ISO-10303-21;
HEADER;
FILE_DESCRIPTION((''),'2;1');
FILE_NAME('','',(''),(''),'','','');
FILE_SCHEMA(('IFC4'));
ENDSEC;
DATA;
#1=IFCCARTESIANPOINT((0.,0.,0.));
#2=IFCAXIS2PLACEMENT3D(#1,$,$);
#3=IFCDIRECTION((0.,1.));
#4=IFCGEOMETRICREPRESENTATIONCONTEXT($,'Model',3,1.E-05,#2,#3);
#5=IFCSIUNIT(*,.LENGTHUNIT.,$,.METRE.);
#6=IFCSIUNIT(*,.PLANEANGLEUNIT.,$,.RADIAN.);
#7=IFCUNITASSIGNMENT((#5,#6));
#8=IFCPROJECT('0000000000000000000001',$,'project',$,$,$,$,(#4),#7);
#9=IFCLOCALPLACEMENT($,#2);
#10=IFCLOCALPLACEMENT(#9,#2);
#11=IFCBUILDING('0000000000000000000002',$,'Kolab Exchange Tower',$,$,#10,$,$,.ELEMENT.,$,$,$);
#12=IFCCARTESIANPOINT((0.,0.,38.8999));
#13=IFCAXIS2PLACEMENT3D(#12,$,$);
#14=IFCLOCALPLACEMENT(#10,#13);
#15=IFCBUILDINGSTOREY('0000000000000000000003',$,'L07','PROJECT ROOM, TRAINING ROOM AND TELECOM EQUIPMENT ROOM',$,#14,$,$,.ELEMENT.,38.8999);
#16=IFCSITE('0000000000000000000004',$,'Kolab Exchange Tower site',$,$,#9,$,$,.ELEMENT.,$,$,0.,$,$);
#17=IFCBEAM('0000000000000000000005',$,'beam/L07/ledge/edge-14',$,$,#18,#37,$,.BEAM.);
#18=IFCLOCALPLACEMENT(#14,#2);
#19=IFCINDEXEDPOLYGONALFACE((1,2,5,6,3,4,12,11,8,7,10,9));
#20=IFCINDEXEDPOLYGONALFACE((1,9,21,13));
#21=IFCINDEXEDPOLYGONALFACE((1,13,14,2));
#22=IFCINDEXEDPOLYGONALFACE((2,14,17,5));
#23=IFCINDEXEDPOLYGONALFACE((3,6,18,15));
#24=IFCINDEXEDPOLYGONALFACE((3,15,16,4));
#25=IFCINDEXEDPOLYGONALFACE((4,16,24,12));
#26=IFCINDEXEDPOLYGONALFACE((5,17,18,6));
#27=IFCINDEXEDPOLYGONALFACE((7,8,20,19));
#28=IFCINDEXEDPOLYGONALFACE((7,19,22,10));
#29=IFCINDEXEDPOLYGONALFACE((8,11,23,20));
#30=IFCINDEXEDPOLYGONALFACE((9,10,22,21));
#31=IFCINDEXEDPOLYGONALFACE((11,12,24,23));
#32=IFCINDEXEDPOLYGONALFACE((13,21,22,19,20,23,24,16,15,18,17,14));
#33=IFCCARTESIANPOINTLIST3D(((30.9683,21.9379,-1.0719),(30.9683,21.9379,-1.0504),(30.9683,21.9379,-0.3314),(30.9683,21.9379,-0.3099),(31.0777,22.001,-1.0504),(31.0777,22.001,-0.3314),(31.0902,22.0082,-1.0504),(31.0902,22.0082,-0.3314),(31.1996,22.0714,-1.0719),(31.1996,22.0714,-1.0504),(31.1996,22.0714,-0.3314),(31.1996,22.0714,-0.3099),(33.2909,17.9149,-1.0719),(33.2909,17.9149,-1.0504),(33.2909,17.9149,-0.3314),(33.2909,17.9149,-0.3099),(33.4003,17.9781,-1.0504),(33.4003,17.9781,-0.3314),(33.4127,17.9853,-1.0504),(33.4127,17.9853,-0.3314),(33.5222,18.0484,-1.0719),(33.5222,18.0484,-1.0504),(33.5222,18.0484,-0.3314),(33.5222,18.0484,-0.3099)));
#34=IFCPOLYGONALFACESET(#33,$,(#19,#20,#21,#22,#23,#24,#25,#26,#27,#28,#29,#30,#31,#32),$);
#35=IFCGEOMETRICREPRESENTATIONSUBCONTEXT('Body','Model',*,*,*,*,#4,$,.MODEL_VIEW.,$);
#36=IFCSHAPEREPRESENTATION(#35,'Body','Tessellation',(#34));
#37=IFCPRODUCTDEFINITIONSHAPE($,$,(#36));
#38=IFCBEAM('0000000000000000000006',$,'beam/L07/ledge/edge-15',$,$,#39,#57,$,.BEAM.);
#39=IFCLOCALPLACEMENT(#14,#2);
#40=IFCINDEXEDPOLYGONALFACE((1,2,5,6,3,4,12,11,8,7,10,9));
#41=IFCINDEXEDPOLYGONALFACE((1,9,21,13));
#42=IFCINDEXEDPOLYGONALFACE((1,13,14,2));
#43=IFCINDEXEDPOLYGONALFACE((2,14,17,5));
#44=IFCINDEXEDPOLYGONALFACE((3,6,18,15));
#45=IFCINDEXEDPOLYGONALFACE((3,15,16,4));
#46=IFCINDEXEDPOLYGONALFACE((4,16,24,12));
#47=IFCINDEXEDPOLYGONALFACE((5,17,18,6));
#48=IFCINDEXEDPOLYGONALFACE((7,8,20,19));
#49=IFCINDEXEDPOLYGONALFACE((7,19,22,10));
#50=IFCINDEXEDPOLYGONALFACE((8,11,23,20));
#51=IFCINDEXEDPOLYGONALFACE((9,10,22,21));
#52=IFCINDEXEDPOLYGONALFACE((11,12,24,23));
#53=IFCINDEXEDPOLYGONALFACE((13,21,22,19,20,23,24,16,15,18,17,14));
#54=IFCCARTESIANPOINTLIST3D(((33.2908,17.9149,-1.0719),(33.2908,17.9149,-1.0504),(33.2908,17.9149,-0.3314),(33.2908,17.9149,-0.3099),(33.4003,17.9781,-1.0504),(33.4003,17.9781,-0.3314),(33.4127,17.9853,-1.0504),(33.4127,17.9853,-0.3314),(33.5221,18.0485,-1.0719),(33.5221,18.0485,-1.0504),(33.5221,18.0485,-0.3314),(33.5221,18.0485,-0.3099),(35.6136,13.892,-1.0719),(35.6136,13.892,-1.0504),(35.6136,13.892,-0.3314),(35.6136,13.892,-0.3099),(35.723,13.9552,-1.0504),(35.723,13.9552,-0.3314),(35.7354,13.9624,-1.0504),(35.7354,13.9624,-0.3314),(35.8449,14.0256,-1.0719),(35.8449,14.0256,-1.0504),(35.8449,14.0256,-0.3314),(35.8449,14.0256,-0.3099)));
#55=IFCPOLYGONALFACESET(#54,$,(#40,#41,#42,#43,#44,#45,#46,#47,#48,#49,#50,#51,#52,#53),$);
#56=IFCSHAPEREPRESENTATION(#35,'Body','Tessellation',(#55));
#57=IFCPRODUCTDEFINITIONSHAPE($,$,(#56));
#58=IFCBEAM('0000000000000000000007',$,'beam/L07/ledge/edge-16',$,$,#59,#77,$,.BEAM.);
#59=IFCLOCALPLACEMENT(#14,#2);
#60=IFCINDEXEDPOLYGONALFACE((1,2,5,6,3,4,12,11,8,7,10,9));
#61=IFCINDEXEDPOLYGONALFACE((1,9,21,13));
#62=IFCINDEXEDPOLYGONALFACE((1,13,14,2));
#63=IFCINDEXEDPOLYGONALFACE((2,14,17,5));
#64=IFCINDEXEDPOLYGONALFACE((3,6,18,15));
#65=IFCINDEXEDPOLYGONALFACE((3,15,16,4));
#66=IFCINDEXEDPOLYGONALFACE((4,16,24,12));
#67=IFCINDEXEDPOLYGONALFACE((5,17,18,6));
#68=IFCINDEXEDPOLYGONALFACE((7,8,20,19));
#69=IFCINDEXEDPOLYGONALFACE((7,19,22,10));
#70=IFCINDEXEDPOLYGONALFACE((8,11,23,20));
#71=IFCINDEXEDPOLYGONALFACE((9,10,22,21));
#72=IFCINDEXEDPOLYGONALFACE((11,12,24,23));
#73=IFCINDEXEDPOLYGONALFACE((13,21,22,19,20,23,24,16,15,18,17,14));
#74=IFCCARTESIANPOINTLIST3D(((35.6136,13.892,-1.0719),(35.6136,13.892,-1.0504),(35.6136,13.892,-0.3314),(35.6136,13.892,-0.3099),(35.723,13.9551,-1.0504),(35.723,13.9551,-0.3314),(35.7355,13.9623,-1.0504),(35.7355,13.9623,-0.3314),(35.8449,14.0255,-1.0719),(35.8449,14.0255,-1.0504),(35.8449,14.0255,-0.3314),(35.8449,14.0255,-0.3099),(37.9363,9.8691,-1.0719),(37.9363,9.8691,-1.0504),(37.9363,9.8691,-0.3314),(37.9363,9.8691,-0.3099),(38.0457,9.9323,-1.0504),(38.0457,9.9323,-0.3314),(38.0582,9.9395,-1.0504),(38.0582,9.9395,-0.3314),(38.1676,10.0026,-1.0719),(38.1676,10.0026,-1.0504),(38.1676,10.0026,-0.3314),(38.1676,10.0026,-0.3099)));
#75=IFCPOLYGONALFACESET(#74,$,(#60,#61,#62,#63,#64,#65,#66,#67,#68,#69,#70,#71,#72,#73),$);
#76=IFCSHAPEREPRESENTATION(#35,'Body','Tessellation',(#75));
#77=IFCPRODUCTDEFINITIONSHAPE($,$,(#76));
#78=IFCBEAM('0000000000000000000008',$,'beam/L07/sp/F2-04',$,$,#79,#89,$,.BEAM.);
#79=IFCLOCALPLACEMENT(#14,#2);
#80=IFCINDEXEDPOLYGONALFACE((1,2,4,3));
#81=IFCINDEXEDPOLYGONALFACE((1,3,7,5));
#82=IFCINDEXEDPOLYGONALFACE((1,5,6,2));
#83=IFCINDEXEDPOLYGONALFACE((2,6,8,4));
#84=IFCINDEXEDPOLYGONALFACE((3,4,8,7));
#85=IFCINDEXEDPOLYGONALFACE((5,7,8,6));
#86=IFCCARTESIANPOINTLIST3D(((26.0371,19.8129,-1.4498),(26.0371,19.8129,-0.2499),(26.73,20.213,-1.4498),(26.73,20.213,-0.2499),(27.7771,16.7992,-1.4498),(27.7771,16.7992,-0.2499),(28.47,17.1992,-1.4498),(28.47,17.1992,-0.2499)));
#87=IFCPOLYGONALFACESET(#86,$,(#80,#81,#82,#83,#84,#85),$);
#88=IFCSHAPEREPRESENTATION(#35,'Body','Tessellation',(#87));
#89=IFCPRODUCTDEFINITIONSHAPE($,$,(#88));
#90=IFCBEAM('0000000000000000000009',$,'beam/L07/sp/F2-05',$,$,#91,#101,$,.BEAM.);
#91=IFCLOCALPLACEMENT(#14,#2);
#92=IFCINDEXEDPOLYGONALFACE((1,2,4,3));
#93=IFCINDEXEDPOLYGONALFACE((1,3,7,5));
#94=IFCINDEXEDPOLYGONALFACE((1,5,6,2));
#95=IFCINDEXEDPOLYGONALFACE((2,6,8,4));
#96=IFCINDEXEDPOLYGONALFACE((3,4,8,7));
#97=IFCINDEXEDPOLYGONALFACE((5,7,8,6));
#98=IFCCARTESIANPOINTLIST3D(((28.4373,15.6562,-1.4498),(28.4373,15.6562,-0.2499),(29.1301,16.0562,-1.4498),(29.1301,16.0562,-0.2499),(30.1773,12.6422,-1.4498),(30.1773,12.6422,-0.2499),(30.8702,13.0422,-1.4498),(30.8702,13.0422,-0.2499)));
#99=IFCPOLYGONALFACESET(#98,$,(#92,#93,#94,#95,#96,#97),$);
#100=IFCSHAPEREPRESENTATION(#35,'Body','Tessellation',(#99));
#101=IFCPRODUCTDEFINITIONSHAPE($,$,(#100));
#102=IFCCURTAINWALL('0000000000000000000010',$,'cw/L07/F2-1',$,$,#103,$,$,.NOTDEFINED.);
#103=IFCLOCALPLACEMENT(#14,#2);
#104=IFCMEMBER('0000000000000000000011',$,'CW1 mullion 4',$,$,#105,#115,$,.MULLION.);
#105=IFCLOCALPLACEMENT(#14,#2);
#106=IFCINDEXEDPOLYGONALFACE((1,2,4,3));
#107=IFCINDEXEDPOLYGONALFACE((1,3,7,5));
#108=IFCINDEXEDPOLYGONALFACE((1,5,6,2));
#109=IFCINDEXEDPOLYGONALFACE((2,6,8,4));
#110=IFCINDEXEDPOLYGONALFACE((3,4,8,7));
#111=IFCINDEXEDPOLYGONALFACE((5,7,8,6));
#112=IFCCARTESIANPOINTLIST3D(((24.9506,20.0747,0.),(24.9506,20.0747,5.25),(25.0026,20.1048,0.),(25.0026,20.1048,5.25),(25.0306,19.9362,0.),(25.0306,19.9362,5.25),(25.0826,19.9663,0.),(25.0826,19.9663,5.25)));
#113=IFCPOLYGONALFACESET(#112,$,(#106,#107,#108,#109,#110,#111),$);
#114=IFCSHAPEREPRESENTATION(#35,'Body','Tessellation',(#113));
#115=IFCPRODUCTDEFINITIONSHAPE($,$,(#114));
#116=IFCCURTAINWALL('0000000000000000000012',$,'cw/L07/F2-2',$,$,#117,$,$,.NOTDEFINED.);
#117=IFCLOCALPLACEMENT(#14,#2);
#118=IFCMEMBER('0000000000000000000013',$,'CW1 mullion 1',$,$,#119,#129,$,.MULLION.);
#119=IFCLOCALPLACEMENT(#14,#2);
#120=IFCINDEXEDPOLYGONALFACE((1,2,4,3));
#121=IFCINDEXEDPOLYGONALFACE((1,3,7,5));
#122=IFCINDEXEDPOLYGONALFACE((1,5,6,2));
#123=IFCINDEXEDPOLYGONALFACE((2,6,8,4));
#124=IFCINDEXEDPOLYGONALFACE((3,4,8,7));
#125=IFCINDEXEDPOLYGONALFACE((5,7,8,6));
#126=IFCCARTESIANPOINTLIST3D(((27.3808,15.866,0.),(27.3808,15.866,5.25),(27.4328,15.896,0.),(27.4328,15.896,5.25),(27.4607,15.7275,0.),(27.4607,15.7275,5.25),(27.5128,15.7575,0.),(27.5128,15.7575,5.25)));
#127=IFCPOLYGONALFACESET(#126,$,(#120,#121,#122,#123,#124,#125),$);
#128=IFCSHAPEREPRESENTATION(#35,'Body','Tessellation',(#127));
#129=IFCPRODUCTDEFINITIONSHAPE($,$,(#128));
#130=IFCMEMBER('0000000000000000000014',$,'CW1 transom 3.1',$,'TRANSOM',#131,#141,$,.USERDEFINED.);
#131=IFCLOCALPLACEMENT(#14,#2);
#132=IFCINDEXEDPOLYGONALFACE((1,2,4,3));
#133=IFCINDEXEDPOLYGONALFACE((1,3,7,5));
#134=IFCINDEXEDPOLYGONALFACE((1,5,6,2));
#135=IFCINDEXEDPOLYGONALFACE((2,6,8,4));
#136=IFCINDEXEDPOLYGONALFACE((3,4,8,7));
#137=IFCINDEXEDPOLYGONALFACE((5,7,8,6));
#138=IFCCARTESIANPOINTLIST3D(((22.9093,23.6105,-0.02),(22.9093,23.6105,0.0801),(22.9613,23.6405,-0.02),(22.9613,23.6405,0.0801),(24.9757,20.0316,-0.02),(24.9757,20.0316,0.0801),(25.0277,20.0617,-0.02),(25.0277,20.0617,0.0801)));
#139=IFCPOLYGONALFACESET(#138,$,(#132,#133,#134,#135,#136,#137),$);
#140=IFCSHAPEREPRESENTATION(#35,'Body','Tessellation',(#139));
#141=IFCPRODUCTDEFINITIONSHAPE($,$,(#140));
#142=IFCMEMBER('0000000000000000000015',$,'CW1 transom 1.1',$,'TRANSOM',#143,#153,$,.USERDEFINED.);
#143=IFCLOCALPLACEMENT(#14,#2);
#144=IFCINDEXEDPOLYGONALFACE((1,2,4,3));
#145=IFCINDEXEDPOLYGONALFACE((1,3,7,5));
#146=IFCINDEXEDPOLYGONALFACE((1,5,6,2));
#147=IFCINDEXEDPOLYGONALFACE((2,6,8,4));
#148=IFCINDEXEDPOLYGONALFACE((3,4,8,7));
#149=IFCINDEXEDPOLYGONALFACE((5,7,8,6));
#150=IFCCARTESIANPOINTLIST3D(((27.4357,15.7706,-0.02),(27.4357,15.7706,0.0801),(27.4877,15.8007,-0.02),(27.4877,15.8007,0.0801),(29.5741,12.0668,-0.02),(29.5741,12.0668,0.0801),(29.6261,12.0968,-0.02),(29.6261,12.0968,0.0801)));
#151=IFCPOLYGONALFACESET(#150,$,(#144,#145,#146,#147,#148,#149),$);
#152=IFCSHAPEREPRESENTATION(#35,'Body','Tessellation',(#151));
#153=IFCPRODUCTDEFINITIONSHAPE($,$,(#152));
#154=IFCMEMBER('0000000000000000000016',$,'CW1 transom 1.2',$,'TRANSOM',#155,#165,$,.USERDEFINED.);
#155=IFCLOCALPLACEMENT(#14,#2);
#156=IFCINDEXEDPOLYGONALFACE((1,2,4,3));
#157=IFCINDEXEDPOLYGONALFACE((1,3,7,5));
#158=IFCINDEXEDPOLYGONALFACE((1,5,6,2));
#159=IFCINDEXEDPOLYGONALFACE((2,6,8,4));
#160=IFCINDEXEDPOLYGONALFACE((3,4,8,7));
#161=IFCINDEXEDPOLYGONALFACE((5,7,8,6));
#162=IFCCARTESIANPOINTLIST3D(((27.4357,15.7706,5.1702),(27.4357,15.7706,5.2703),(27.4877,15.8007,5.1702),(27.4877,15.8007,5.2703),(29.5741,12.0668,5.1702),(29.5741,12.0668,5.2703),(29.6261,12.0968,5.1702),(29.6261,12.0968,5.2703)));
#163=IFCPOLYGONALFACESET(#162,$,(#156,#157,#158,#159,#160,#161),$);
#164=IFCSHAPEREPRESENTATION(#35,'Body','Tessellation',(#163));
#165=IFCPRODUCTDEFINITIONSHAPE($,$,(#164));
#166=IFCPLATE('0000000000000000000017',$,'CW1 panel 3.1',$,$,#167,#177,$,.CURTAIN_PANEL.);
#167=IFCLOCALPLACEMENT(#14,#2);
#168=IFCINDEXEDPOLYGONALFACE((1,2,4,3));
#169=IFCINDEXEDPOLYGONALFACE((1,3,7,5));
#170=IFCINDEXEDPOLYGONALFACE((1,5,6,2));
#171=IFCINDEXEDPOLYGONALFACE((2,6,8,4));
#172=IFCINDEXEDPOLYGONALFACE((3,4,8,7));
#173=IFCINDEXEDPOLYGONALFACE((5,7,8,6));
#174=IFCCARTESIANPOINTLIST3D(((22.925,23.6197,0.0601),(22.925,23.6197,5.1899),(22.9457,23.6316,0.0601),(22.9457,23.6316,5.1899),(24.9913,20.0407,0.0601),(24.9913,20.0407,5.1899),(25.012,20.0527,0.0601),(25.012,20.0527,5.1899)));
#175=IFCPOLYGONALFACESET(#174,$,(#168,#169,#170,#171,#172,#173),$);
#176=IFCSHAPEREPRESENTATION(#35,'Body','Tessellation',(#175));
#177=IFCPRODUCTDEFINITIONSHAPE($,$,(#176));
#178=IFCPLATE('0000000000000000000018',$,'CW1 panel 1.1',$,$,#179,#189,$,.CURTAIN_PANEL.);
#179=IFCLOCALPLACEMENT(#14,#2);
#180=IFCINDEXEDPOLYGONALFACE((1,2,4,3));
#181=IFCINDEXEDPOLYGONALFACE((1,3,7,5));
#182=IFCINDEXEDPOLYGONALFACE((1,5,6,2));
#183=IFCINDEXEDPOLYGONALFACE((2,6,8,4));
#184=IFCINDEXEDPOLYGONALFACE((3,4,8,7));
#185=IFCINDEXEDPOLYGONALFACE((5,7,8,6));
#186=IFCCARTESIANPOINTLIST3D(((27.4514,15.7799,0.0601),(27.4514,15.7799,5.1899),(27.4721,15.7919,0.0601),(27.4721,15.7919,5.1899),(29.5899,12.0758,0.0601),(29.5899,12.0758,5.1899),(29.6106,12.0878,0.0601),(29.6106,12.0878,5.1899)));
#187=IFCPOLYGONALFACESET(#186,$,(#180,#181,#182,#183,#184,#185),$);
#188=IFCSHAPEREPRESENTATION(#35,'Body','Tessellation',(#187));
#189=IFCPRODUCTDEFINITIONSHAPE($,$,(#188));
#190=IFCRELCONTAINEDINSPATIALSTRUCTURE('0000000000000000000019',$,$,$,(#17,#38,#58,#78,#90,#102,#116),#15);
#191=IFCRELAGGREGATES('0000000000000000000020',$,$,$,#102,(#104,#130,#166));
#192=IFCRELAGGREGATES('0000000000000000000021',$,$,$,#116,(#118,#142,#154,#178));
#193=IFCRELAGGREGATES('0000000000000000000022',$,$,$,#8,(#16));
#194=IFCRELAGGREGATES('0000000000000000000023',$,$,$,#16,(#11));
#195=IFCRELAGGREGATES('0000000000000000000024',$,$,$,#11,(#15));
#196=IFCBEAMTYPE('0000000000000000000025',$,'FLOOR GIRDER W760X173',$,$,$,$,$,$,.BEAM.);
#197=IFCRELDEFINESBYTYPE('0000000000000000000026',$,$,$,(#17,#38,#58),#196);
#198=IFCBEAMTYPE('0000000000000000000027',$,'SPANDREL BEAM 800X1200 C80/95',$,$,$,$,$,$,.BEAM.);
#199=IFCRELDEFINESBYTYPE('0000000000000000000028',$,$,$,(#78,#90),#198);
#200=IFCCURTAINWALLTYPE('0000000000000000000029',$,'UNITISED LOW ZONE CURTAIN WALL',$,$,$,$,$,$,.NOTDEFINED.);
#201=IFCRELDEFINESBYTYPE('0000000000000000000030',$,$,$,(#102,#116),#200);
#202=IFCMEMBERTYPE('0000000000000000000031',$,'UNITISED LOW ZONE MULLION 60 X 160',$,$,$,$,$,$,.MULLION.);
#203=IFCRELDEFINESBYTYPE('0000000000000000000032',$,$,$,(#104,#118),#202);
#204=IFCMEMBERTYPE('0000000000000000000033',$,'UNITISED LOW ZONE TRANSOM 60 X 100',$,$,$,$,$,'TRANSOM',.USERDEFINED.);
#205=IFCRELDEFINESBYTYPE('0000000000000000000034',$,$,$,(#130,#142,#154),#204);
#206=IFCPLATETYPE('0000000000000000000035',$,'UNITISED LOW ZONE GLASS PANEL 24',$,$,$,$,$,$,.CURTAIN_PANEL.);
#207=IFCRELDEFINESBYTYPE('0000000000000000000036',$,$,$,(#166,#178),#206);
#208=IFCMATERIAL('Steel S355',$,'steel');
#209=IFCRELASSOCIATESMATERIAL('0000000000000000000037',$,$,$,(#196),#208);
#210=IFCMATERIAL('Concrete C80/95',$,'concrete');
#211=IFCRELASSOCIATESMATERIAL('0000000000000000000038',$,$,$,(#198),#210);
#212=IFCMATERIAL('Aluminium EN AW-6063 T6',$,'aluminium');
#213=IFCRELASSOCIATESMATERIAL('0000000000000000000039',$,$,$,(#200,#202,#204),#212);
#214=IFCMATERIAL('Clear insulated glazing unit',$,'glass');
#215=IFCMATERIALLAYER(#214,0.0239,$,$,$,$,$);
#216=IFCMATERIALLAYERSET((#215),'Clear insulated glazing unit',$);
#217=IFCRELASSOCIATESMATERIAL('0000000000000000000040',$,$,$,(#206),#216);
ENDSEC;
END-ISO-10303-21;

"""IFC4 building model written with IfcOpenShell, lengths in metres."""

from ifc_helpers import new_model, si_unit, direction, frame, origin, origin_2d, place, context, subcontext, project, spatial, rectangle, i_section, extrude, material, layer, layer_set, material_profile, profile_set, type_object, element, aggregate, save


model = new_model("IFC4")

# Units and contexts
model_context = context("Model", 3, precision=1e-05, world=origin(), true_north=direction((0.0, 1.0)))
body_context = subcontext(model_context, "Body", "Model", "MODEL_VIEW")
ifc_project = project(units=[si_unit("LENGTHUNIT", "METRE"), si_unit("PLANEANGLEUNIT", "RADIAN")], contexts=[model_context])

# Site, building, storey
site_placement = place(None, origin())
site = spatial("IfcSite", under=ifc_project, at=site_placement, Name="Kolab Exchange Tower site", CompositionType="ELEMENT", RefElevation=0.0)
building_placement = place(site_placement, origin())
building = spatial("IfcBuilding", under=site, at=building_placement, Name="Kolab Exchange Tower", CompositionType="ELEMENT")
storey_placement = place(building_placement, frame((0.0, 0.0, 38.8999)))
storey = spatial("IfcBuildingStorey", under=building, at=storey_placement, Name="L07", Description="PROJECT ROOM, TRAINING ROOM AND TELECOM EQUIPMENT ROOM", CompositionType="ELEMENT", Elevation=38.8999)

# Shared definitions
ifc_material_1 = material(Name="Concrete C80/95", Category="concrete")

# Beams
ifc_material_2 = material(Name="Steel S355", Category="steel")
ifc_material_profile_1 = material_profile(ifc_material_2, i_section(OverallWidth=0.2671, OverallDepth=0.762, WebThickness=0.0144, FlangeThickness=0.0215, at=origin_2d()), Name="W760X173")
ifc_profile_set_1 = profile_set([ifc_material_profile_1], Name="Steel S355")
beam_type_1 = type_object("IfcBeamType", Name="FLOOR GIRDER W760X173", PredefinedType="BEAM", material=ifc_profile_set_1)
for number, where, z_axis, x_axis, name in (
    (1, (31.084, 22.0046, -0.6909), (0.499977, -0.866039, 0.0), (0.866039, 0.499977, 0.0), "beam/L07/ledge/edge-14"),
    (2, (33.4065, 17.9817, -0.6909), (0.500017, -0.866016, 0.0), (0.866016, 0.500017, 0.0), "beam/L07/ledge/edge-15"),
    (3, (35.7292, 13.9587, -0.6909), (0.500017, -0.866016, 0.0), (0.866016, 0.500017, 0.0), "beam/L07/ledge/edge-16"),
):
    element("IfcBeam", number, at=place(storey_placement, frame(where, z_axis=z_axis, x_axis=x_axis)), inside=storey, type_object=beam_type_1, Name=name, PredefinedType="BEAM", context=body_context, shape_type="SweptSolid", body=[
        extrude(i_section(OverallWidth=0.2671, OverallDepth=0.762, WebThickness=0.0144, FlangeThickness=0.0215, at=origin_2d()), origin(), (0.0, 0.0, 1.0), 4.6453),
    ])
ifc_material_profile_2 = material_profile(ifc_material_1, rectangle(XDim=0.8, YDim=1.2, at=origin_2d()), Name="RC800X1200")
ifc_profile_set_2 = profile_set([ifc_material_profile_2], Name="Concrete C80/95")
beam_type_2 = type_object("IfcBeamType", Name="SPANDREL BEAM 800X1200 C80/95", PredefinedType="BEAM", material=ifc_profile_set_2)
beam_1_placement = place(storey_placement, frame((26.3835, 20.0129, -0.8499), z_axis=(0.50001, -0.86602, 0.0), x_axis=(0.86602, 0.50001, 0.0)))
element("IfcBeam", 4, at=beam_1_placement, inside=storey, type_object=beam_type_2, Name="beam/L07/sp/F2-04", PredefinedType="BEAM", context=body_context, shape_type="SweptSolid", body=[
    extrude(rectangle(XDim=0.8, YDim=1.2, at=origin_2d()), origin(), (0.0, 0.0, 1.0), 3.48),
])
beam_2_placement = place(storey_placement, frame((28.7837, 15.8562, -0.8499), z_axis=(0.49998, -0.866037, 0.0), x_axis=(0.866037, 0.49998, 0.0)))
element("IfcBeam", 5, at=beam_2_placement, inside=storey, type_object=beam_type_2, Name="beam/L07/sp/F2-05", PredefinedType="BEAM", context=body_context, shape_type="SweptSolid", body=[
    extrude(rectangle(XDim=0.8, YDim=1.2, at=origin_2d()), origin(), (0.0, 0.0, 1.0), 3.4802),
])

# Curtain walls, members
ifc_material_3 = material(Name="Aluminium EN AW-6063 T6", Category="aluminium")
curtain_wall_type = type_object("IfcCurtainWallType", Name="UNITISED LOW ZONE CURTAIN WALL", PredefinedType="NOTDEFINED", material=ifc_material_3)
curtain_wall_1_placement = place(storey_placement, origin())
curtain_wall_1 = element("IfcCurtainWall", 6, at=curtain_wall_1_placement, inside=storey, type_object=curtain_wall_type, Name="cw/L07/F2-1", PredefinedType="NOTDEFINED")
ifc_material_profile_3 = material_profile(ifc_material_3, rectangle(XDim=0.0601, YDim=0.1599, at=origin_2d()), Name="RECT 60X160")
ifc_profile_set_3 = profile_set([ifc_material_profile_3], Name="Aluminium EN AW-6063 T6")
member_type_1 = type_object("IfcMemberType", Name="UNITISED LOW ZONE MULLION 60 X 160", PredefinedType="MULLION", material=ifc_profile_set_3)
member_1_placement = place(storey_placement, frame((25.0166, 20.0205, 0.0), z_axis=(0.0, 0.0, 1.0), x_axis=(0.866025, 0.5, 0.0)))
member_1 = element("IfcMember", 7, at=member_1_placement, type_object=member_type_1, Name="CW1 mullion 4", PredefinedType="MULLION", context=body_context, shape_type="SweptSolid", body=[
    extrude(rectangle(XDim=0.0601, YDim=0.1599, at=origin_2d()), origin(), (0.0, 0.0, 1.0), 5.25),
])
curtain_wall_2_placement = place(storey_placement, origin())
curtain_wall_2 = element("IfcCurtainWall", 8, at=curtain_wall_2_placement, inside=storey, type_object=curtain_wall_type, Name="cw/L07/F2-2", PredefinedType="NOTDEFINED")
member_2_placement = place(storey_placement, frame((27.4468, 15.8118, 0.0), z_axis=(0.0, 0.0, 1.0), x_axis=(0.866025, 0.5, 0.0)))
member_2 = element("IfcMember", 9, at=member_2_placement, type_object=member_type_1, Name="CW1 mullion 1", PredefinedType="MULLION", context=body_context, shape_type="SweptSolid", body=[
    extrude(rectangle(XDim=0.0601, YDim=0.1599, at=origin_2d()), origin(), (0.0, 0.0, 1.0), 5.25),
])

# Members
ifc_material_profile_4 = material_profile(ifc_material_3, rectangle(XDim=0.0601, YDim=0.1001, at=origin_2d()), Name="RECT 60X100")
ifc_profile_set_4 = profile_set([ifc_material_profile_4], Name="Aluminium EN AW-6063 T6")
member_type_2 = type_object("IfcMemberType", Name="UNITISED LOW ZONE TRANSOM 60 X 100", ElementType="TRANSOM", PredefinedType="USERDEFINED", material=ifc_profile_set_4)
member_3_placement = place(storey_placement, frame((22.9353, 23.6255, 0.03), z_axis=(0.500028, -0.866009, 0.0), x_axis=(0.866009, 0.500028, 0.0)))
member_3 = element("IfcMember", 10, at=member_3_placement, type_object=member_type_2, Name="CW1 transom 3.1", ObjectType="TRANSOM", PredefinedType="USERDEFINED", context=body_context, shape_type="SweptSolid", body=[
    extrude(rectangle(XDim=0.0601, YDim=0.1001, at=origin_2d()), origin(), (0.0, 0.0, 1.0), 4.1326),
])
member_4_placement = place(storey_placement, frame((27.4617, 15.7856, 0.03), z_axis=(0.500001, -0.866025, 0.0), x_axis=(0.866025, 0.500001, 0.0)))
member_4 = element("IfcMember", 11, at=member_4_placement, type_object=member_type_2, Name="CW1 transom 1.1", ObjectType="TRANSOM", PredefinedType="USERDEFINED", context=body_context, shape_type="SweptSolid", body=[
    extrude(rectangle(XDim=0.0601, YDim=0.1001, at=origin_2d()), origin(), (0.0, 0.0, 1.0), 4.2769),
])
member_5_placement = place(storey_placement, frame((27.4617, 15.7856, 5.2202), z_axis=(0.500001, -0.866025, 0.0), x_axis=(0.866025, 0.500001, 0.0)))
member_5 = element("IfcMember", 12, at=member_5_placement, type_object=member_type_2, Name="CW1 transom 1.2", ObjectType="TRANSOM", PredefinedType="USERDEFINED", context=body_context, shape_type="SweptSolid", body=[
    extrude(rectangle(XDim=0.0601, YDim=0.1001, at=origin_2d()), origin(), (0.0, 0.0, 1.0), 4.2769),
])

# Plates
ifc_material_4 = material(Name="Clear insulated glazing unit", Category="glass")
ifc_layer_1 = layer(ifc_material_4, 0.0239)
ifc_layer_set_1 = layer_set([ifc_layer_1], Name="Clear insulated glazing unit")
plate_type = type_object("IfcPlateType", Name="UNITISED LOW ZONE GLASS PANEL 24", PredefinedType="CURTAIN_PANEL", material=ifc_layer_set_1)
plate_1_placement = place(storey_placement, frame((23.9685, 21.8362, 0.0601), z_axis=(0.0, 0.0, 1.0), x_axis=(0.5, -0.866025, 0.0)))
plate_1 = element("IfcPlate", 13, at=plate_1_placement, type_object=plate_type, Name="CW1 panel 3.1", PredefinedType="CURTAIN_PANEL", context=body_context, shape_type="SweptSolid", body=[
    extrude(rectangle(XDim=4.1326, YDim=0.0239, at=origin_2d()), origin(), (0.0, 0.0, 1.0), 5.1299),
])
aggregate(curtain_wall_1, [member_1, member_3, plate_1])
plate_2_placement = place(storey_placement, frame((28.531, 13.9338, 0.0601), z_axis=(0.0, 0.0, 1.0), x_axis=(0.5, -0.866025, 0.0)))
plate_2 = element("IfcPlate", 14, at=plate_2_placement, type_object=plate_type, Name="CW1 panel 1.1", PredefinedType="CURTAIN_PANEL", context=body_context, shape_type="SweptSolid", body=[
    extrude(rectangle(XDim=4.2771, YDim=0.0239, at=origin_2d()), origin(), (0.0, 0.0, 1.0), 5.1299),
])
aggregate(curtain_wall_2, [member_2, member_4, member_5, plate_2])

save(model, "model.ifc")
